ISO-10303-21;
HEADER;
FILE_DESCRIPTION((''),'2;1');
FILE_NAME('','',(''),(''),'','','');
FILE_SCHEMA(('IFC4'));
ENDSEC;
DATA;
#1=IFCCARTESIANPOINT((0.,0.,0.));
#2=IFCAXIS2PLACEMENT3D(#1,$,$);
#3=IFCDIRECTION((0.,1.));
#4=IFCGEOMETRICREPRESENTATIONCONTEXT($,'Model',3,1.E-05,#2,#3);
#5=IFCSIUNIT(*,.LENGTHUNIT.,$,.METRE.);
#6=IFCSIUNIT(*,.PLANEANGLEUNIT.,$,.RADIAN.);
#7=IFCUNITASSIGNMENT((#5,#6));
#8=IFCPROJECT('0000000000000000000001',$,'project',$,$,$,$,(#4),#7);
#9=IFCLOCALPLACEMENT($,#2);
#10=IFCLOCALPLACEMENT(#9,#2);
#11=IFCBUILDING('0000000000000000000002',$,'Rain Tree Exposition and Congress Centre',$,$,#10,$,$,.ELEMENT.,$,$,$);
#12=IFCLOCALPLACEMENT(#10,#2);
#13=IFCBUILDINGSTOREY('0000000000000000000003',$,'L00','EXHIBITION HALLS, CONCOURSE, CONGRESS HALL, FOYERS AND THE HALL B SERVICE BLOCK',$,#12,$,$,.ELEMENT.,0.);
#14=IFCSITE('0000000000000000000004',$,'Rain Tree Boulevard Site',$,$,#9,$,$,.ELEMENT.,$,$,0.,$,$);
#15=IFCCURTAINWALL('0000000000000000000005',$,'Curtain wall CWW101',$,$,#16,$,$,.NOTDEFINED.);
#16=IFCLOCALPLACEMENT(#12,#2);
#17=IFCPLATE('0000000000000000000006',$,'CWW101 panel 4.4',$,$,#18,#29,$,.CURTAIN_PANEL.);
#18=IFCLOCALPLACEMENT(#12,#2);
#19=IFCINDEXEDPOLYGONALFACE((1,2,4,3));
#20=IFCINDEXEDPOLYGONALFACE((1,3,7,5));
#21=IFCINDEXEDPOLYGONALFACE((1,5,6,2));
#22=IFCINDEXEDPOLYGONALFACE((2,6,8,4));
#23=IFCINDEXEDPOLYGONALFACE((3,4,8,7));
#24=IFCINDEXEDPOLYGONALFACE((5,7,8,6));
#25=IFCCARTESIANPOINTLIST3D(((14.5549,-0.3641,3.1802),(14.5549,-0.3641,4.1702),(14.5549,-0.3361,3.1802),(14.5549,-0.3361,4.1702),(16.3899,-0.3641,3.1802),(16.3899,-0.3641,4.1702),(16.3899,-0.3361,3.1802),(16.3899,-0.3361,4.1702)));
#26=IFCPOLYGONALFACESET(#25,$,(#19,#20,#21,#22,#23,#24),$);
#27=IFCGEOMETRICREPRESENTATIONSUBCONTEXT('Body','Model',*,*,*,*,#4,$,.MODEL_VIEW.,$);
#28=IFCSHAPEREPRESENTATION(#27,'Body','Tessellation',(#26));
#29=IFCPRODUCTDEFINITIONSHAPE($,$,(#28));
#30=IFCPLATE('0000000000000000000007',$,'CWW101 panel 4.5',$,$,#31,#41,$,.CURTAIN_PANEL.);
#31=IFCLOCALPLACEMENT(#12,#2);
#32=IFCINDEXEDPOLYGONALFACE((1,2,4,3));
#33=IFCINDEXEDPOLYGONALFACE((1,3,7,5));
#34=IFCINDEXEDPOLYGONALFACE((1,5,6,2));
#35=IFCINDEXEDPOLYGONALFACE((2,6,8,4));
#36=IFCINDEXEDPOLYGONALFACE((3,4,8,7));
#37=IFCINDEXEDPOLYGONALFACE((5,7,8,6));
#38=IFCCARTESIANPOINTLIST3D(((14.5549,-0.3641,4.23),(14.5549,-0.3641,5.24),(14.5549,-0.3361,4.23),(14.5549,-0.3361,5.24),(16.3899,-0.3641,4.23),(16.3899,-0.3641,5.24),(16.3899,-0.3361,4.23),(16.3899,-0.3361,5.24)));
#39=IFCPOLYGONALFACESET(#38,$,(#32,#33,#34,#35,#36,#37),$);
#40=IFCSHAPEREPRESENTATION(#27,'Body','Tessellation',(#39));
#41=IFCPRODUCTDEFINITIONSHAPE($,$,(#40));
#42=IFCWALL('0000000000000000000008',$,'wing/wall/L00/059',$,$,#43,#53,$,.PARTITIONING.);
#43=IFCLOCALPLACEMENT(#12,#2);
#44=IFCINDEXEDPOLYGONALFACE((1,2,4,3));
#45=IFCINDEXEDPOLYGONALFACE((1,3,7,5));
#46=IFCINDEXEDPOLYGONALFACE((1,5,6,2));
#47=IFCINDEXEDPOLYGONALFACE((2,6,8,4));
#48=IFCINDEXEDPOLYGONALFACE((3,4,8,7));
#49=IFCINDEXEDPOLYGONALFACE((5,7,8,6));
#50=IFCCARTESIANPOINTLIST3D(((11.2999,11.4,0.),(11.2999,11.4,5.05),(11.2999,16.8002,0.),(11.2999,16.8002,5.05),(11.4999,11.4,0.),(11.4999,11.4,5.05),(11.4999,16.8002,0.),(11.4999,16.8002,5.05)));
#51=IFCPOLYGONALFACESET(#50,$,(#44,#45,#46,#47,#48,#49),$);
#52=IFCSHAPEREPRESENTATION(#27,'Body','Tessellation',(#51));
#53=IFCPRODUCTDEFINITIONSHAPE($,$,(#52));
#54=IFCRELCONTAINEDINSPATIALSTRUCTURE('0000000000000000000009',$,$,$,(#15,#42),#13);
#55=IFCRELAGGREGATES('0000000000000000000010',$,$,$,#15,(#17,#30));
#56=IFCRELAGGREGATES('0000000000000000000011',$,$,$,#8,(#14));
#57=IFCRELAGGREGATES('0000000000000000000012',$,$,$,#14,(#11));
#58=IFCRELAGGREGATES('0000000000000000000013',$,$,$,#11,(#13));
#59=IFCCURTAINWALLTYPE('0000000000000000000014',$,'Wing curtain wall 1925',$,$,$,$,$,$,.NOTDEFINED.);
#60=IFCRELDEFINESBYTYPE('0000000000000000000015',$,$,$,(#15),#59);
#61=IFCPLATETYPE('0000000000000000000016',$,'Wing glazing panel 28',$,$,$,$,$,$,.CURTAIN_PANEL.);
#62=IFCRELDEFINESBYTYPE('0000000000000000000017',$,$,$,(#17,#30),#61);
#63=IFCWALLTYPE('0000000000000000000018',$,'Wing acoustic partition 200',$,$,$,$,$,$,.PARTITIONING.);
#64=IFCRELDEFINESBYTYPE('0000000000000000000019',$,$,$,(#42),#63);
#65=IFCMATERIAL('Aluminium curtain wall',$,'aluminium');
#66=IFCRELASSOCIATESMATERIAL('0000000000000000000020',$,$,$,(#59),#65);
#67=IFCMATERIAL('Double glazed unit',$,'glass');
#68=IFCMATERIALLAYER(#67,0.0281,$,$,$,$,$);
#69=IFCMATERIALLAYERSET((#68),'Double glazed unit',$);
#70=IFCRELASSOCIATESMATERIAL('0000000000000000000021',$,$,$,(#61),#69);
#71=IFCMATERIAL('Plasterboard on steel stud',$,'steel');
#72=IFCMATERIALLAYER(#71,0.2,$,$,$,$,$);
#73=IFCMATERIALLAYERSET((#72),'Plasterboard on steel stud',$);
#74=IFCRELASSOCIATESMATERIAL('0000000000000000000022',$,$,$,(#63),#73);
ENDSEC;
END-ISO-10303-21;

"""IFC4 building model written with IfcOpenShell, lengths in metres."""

from ifc_helpers import new_model, si_unit, direction, frame, frame_2d, origin, origin_2d, place, context, subcontext, project, spatial, rectangle, extrude, material, layer, layer_set, type_object, element, aggregate, save


model = new_model("IFC4")

# Units and contexts
model_context = context("Model", 3, precision=1e-05, world=origin(), true_north=direction((0.0, 1.0)))
body_context = subcontext(model_context, "Body", "Model", "MODEL_VIEW")
ifc_project = project(units=[si_unit("LENGTHUNIT", "METRE"), si_unit("PLANEANGLEUNIT", "RADIAN")], contexts=[model_context])

# Site, building, storey
site_placement = place(None, origin())
site = spatial("IfcSite", under=ifc_project, at=site_placement, Name="Rain Tree Boulevard Site", CompositionType="ELEMENT", RefElevation=0.0)
building_placement = place(site_placement, origin())
building = spatial("IfcBuilding", under=site, at=building_placement, Name="Rain Tree Exposition and Congress Centre", CompositionType="ELEMENT")
storey_placement = place(building_placement, origin())
storey = spatial("IfcBuildingStorey", under=building, at=storey_placement, Name="L00", Description="EXHIBITION HALLS, CONCOURSE, CONGRESS HALL, FOYERS AND THE HALL B SERVICE BLOCK", CompositionType="ELEMENT", Elevation=0.0)

# Curtain wall, plates
ifc_material_1 = material(Name="Aluminium curtain wall", Category="aluminium")
curtain_wall_type = type_object("IfcCurtainWallType", Name="Wing curtain wall 1925", PredefinedType="NOTDEFINED", material=ifc_material_1)
curtain_wall_placement = place(storey_placement, origin())
curtain_wall = element("IfcCurtainWall", 1, at=curtain_wall_placement, inside=storey, type_object=curtain_wall_type, Name="Curtain wall CWW101", PredefinedType="NOTDEFINED")
ifc_material_2 = material(Name="Double glazed unit", Category="glass")
ifc_layer_1 = layer(ifc_material_2, 0.0281)
ifc_layer_set_1 = layer_set([ifc_layer_1], Name="Double glazed unit")
plate_type = type_object("IfcPlateType", Name="Wing glazing panel 28", PredefinedType="CURTAIN_PANEL", material=ifc_layer_set_1)
plate_1_placement = place(storey_placement, frame((15.4724, -0.3501, 3.1802), z_axis=(0.0, 0.0, 1.0), x_axis=(1.0, 0.0, 0.0)))
plate_1 = element("IfcPlate", 2, at=plate_1_placement, type_object=plate_type, Name="CWW101 panel 4.4", PredefinedType="CURTAIN_PANEL", context=body_context, shape_type="SweptSolid", body=[
    extrude(rectangle(XDim=1.835, YDim=0.0281, at=origin_2d()), origin(), (0.0, 0.0, 1.0), 0.99),
])
plate_2_placement = place(storey_placement, frame((15.4724, -0.3501, 4.23), z_axis=(0.0, 0.0, 1.0), x_axis=(1.0, 0.0, 0.0)))
plate_2 = element("IfcPlate", 3, at=plate_2_placement, type_object=plate_type, Name="CWW101 panel 4.5", PredefinedType="CURTAIN_PANEL", context=body_context, shape_type="SweptSolid", body=[
    extrude(rectangle(XDim=1.835, YDim=0.0281, at=origin_2d()), origin(), (0.0, 0.0, 1.0), 1.01),
])
aggregate(curtain_wall, [plate_1, plate_2])

# Shared definitions
ifc_material_3 = material(Name="Plasterboard on steel stud", Category="steel")
ifc_layer_2 = layer(ifc_material_3, 0.2)
ifc_layer_set_2 = layer_set([ifc_layer_2], Name="Plasterboard on steel stud")
wall_type = type_object("IfcWallType", Name="Wing acoustic partition 200", PredefinedType="PARTITIONING", material=ifc_layer_set_2)

# Wall
wall_1_placement = place(storey_placement, frame((11.3999, 11.3999, 0.0), z_axis=(0.0, 0.0, 1.0), x_axis=(0.0, 1.0, 0.0)))
element("IfcWall", 4, at=wall_1_placement, inside=storey, type_object=wall_type, Name="wing/wall/L00/059", PredefinedType="PARTITIONING", context=body_context, shape_type="SweptSolid", body=[
    extrude(rectangle(XDim=5.4001, YDim=0.2, at=frame_2d((2.7002, 0.0))), origin(), (0.0, 0.0, 1.0), 5.05),
])

save(model, "model.ifc")
